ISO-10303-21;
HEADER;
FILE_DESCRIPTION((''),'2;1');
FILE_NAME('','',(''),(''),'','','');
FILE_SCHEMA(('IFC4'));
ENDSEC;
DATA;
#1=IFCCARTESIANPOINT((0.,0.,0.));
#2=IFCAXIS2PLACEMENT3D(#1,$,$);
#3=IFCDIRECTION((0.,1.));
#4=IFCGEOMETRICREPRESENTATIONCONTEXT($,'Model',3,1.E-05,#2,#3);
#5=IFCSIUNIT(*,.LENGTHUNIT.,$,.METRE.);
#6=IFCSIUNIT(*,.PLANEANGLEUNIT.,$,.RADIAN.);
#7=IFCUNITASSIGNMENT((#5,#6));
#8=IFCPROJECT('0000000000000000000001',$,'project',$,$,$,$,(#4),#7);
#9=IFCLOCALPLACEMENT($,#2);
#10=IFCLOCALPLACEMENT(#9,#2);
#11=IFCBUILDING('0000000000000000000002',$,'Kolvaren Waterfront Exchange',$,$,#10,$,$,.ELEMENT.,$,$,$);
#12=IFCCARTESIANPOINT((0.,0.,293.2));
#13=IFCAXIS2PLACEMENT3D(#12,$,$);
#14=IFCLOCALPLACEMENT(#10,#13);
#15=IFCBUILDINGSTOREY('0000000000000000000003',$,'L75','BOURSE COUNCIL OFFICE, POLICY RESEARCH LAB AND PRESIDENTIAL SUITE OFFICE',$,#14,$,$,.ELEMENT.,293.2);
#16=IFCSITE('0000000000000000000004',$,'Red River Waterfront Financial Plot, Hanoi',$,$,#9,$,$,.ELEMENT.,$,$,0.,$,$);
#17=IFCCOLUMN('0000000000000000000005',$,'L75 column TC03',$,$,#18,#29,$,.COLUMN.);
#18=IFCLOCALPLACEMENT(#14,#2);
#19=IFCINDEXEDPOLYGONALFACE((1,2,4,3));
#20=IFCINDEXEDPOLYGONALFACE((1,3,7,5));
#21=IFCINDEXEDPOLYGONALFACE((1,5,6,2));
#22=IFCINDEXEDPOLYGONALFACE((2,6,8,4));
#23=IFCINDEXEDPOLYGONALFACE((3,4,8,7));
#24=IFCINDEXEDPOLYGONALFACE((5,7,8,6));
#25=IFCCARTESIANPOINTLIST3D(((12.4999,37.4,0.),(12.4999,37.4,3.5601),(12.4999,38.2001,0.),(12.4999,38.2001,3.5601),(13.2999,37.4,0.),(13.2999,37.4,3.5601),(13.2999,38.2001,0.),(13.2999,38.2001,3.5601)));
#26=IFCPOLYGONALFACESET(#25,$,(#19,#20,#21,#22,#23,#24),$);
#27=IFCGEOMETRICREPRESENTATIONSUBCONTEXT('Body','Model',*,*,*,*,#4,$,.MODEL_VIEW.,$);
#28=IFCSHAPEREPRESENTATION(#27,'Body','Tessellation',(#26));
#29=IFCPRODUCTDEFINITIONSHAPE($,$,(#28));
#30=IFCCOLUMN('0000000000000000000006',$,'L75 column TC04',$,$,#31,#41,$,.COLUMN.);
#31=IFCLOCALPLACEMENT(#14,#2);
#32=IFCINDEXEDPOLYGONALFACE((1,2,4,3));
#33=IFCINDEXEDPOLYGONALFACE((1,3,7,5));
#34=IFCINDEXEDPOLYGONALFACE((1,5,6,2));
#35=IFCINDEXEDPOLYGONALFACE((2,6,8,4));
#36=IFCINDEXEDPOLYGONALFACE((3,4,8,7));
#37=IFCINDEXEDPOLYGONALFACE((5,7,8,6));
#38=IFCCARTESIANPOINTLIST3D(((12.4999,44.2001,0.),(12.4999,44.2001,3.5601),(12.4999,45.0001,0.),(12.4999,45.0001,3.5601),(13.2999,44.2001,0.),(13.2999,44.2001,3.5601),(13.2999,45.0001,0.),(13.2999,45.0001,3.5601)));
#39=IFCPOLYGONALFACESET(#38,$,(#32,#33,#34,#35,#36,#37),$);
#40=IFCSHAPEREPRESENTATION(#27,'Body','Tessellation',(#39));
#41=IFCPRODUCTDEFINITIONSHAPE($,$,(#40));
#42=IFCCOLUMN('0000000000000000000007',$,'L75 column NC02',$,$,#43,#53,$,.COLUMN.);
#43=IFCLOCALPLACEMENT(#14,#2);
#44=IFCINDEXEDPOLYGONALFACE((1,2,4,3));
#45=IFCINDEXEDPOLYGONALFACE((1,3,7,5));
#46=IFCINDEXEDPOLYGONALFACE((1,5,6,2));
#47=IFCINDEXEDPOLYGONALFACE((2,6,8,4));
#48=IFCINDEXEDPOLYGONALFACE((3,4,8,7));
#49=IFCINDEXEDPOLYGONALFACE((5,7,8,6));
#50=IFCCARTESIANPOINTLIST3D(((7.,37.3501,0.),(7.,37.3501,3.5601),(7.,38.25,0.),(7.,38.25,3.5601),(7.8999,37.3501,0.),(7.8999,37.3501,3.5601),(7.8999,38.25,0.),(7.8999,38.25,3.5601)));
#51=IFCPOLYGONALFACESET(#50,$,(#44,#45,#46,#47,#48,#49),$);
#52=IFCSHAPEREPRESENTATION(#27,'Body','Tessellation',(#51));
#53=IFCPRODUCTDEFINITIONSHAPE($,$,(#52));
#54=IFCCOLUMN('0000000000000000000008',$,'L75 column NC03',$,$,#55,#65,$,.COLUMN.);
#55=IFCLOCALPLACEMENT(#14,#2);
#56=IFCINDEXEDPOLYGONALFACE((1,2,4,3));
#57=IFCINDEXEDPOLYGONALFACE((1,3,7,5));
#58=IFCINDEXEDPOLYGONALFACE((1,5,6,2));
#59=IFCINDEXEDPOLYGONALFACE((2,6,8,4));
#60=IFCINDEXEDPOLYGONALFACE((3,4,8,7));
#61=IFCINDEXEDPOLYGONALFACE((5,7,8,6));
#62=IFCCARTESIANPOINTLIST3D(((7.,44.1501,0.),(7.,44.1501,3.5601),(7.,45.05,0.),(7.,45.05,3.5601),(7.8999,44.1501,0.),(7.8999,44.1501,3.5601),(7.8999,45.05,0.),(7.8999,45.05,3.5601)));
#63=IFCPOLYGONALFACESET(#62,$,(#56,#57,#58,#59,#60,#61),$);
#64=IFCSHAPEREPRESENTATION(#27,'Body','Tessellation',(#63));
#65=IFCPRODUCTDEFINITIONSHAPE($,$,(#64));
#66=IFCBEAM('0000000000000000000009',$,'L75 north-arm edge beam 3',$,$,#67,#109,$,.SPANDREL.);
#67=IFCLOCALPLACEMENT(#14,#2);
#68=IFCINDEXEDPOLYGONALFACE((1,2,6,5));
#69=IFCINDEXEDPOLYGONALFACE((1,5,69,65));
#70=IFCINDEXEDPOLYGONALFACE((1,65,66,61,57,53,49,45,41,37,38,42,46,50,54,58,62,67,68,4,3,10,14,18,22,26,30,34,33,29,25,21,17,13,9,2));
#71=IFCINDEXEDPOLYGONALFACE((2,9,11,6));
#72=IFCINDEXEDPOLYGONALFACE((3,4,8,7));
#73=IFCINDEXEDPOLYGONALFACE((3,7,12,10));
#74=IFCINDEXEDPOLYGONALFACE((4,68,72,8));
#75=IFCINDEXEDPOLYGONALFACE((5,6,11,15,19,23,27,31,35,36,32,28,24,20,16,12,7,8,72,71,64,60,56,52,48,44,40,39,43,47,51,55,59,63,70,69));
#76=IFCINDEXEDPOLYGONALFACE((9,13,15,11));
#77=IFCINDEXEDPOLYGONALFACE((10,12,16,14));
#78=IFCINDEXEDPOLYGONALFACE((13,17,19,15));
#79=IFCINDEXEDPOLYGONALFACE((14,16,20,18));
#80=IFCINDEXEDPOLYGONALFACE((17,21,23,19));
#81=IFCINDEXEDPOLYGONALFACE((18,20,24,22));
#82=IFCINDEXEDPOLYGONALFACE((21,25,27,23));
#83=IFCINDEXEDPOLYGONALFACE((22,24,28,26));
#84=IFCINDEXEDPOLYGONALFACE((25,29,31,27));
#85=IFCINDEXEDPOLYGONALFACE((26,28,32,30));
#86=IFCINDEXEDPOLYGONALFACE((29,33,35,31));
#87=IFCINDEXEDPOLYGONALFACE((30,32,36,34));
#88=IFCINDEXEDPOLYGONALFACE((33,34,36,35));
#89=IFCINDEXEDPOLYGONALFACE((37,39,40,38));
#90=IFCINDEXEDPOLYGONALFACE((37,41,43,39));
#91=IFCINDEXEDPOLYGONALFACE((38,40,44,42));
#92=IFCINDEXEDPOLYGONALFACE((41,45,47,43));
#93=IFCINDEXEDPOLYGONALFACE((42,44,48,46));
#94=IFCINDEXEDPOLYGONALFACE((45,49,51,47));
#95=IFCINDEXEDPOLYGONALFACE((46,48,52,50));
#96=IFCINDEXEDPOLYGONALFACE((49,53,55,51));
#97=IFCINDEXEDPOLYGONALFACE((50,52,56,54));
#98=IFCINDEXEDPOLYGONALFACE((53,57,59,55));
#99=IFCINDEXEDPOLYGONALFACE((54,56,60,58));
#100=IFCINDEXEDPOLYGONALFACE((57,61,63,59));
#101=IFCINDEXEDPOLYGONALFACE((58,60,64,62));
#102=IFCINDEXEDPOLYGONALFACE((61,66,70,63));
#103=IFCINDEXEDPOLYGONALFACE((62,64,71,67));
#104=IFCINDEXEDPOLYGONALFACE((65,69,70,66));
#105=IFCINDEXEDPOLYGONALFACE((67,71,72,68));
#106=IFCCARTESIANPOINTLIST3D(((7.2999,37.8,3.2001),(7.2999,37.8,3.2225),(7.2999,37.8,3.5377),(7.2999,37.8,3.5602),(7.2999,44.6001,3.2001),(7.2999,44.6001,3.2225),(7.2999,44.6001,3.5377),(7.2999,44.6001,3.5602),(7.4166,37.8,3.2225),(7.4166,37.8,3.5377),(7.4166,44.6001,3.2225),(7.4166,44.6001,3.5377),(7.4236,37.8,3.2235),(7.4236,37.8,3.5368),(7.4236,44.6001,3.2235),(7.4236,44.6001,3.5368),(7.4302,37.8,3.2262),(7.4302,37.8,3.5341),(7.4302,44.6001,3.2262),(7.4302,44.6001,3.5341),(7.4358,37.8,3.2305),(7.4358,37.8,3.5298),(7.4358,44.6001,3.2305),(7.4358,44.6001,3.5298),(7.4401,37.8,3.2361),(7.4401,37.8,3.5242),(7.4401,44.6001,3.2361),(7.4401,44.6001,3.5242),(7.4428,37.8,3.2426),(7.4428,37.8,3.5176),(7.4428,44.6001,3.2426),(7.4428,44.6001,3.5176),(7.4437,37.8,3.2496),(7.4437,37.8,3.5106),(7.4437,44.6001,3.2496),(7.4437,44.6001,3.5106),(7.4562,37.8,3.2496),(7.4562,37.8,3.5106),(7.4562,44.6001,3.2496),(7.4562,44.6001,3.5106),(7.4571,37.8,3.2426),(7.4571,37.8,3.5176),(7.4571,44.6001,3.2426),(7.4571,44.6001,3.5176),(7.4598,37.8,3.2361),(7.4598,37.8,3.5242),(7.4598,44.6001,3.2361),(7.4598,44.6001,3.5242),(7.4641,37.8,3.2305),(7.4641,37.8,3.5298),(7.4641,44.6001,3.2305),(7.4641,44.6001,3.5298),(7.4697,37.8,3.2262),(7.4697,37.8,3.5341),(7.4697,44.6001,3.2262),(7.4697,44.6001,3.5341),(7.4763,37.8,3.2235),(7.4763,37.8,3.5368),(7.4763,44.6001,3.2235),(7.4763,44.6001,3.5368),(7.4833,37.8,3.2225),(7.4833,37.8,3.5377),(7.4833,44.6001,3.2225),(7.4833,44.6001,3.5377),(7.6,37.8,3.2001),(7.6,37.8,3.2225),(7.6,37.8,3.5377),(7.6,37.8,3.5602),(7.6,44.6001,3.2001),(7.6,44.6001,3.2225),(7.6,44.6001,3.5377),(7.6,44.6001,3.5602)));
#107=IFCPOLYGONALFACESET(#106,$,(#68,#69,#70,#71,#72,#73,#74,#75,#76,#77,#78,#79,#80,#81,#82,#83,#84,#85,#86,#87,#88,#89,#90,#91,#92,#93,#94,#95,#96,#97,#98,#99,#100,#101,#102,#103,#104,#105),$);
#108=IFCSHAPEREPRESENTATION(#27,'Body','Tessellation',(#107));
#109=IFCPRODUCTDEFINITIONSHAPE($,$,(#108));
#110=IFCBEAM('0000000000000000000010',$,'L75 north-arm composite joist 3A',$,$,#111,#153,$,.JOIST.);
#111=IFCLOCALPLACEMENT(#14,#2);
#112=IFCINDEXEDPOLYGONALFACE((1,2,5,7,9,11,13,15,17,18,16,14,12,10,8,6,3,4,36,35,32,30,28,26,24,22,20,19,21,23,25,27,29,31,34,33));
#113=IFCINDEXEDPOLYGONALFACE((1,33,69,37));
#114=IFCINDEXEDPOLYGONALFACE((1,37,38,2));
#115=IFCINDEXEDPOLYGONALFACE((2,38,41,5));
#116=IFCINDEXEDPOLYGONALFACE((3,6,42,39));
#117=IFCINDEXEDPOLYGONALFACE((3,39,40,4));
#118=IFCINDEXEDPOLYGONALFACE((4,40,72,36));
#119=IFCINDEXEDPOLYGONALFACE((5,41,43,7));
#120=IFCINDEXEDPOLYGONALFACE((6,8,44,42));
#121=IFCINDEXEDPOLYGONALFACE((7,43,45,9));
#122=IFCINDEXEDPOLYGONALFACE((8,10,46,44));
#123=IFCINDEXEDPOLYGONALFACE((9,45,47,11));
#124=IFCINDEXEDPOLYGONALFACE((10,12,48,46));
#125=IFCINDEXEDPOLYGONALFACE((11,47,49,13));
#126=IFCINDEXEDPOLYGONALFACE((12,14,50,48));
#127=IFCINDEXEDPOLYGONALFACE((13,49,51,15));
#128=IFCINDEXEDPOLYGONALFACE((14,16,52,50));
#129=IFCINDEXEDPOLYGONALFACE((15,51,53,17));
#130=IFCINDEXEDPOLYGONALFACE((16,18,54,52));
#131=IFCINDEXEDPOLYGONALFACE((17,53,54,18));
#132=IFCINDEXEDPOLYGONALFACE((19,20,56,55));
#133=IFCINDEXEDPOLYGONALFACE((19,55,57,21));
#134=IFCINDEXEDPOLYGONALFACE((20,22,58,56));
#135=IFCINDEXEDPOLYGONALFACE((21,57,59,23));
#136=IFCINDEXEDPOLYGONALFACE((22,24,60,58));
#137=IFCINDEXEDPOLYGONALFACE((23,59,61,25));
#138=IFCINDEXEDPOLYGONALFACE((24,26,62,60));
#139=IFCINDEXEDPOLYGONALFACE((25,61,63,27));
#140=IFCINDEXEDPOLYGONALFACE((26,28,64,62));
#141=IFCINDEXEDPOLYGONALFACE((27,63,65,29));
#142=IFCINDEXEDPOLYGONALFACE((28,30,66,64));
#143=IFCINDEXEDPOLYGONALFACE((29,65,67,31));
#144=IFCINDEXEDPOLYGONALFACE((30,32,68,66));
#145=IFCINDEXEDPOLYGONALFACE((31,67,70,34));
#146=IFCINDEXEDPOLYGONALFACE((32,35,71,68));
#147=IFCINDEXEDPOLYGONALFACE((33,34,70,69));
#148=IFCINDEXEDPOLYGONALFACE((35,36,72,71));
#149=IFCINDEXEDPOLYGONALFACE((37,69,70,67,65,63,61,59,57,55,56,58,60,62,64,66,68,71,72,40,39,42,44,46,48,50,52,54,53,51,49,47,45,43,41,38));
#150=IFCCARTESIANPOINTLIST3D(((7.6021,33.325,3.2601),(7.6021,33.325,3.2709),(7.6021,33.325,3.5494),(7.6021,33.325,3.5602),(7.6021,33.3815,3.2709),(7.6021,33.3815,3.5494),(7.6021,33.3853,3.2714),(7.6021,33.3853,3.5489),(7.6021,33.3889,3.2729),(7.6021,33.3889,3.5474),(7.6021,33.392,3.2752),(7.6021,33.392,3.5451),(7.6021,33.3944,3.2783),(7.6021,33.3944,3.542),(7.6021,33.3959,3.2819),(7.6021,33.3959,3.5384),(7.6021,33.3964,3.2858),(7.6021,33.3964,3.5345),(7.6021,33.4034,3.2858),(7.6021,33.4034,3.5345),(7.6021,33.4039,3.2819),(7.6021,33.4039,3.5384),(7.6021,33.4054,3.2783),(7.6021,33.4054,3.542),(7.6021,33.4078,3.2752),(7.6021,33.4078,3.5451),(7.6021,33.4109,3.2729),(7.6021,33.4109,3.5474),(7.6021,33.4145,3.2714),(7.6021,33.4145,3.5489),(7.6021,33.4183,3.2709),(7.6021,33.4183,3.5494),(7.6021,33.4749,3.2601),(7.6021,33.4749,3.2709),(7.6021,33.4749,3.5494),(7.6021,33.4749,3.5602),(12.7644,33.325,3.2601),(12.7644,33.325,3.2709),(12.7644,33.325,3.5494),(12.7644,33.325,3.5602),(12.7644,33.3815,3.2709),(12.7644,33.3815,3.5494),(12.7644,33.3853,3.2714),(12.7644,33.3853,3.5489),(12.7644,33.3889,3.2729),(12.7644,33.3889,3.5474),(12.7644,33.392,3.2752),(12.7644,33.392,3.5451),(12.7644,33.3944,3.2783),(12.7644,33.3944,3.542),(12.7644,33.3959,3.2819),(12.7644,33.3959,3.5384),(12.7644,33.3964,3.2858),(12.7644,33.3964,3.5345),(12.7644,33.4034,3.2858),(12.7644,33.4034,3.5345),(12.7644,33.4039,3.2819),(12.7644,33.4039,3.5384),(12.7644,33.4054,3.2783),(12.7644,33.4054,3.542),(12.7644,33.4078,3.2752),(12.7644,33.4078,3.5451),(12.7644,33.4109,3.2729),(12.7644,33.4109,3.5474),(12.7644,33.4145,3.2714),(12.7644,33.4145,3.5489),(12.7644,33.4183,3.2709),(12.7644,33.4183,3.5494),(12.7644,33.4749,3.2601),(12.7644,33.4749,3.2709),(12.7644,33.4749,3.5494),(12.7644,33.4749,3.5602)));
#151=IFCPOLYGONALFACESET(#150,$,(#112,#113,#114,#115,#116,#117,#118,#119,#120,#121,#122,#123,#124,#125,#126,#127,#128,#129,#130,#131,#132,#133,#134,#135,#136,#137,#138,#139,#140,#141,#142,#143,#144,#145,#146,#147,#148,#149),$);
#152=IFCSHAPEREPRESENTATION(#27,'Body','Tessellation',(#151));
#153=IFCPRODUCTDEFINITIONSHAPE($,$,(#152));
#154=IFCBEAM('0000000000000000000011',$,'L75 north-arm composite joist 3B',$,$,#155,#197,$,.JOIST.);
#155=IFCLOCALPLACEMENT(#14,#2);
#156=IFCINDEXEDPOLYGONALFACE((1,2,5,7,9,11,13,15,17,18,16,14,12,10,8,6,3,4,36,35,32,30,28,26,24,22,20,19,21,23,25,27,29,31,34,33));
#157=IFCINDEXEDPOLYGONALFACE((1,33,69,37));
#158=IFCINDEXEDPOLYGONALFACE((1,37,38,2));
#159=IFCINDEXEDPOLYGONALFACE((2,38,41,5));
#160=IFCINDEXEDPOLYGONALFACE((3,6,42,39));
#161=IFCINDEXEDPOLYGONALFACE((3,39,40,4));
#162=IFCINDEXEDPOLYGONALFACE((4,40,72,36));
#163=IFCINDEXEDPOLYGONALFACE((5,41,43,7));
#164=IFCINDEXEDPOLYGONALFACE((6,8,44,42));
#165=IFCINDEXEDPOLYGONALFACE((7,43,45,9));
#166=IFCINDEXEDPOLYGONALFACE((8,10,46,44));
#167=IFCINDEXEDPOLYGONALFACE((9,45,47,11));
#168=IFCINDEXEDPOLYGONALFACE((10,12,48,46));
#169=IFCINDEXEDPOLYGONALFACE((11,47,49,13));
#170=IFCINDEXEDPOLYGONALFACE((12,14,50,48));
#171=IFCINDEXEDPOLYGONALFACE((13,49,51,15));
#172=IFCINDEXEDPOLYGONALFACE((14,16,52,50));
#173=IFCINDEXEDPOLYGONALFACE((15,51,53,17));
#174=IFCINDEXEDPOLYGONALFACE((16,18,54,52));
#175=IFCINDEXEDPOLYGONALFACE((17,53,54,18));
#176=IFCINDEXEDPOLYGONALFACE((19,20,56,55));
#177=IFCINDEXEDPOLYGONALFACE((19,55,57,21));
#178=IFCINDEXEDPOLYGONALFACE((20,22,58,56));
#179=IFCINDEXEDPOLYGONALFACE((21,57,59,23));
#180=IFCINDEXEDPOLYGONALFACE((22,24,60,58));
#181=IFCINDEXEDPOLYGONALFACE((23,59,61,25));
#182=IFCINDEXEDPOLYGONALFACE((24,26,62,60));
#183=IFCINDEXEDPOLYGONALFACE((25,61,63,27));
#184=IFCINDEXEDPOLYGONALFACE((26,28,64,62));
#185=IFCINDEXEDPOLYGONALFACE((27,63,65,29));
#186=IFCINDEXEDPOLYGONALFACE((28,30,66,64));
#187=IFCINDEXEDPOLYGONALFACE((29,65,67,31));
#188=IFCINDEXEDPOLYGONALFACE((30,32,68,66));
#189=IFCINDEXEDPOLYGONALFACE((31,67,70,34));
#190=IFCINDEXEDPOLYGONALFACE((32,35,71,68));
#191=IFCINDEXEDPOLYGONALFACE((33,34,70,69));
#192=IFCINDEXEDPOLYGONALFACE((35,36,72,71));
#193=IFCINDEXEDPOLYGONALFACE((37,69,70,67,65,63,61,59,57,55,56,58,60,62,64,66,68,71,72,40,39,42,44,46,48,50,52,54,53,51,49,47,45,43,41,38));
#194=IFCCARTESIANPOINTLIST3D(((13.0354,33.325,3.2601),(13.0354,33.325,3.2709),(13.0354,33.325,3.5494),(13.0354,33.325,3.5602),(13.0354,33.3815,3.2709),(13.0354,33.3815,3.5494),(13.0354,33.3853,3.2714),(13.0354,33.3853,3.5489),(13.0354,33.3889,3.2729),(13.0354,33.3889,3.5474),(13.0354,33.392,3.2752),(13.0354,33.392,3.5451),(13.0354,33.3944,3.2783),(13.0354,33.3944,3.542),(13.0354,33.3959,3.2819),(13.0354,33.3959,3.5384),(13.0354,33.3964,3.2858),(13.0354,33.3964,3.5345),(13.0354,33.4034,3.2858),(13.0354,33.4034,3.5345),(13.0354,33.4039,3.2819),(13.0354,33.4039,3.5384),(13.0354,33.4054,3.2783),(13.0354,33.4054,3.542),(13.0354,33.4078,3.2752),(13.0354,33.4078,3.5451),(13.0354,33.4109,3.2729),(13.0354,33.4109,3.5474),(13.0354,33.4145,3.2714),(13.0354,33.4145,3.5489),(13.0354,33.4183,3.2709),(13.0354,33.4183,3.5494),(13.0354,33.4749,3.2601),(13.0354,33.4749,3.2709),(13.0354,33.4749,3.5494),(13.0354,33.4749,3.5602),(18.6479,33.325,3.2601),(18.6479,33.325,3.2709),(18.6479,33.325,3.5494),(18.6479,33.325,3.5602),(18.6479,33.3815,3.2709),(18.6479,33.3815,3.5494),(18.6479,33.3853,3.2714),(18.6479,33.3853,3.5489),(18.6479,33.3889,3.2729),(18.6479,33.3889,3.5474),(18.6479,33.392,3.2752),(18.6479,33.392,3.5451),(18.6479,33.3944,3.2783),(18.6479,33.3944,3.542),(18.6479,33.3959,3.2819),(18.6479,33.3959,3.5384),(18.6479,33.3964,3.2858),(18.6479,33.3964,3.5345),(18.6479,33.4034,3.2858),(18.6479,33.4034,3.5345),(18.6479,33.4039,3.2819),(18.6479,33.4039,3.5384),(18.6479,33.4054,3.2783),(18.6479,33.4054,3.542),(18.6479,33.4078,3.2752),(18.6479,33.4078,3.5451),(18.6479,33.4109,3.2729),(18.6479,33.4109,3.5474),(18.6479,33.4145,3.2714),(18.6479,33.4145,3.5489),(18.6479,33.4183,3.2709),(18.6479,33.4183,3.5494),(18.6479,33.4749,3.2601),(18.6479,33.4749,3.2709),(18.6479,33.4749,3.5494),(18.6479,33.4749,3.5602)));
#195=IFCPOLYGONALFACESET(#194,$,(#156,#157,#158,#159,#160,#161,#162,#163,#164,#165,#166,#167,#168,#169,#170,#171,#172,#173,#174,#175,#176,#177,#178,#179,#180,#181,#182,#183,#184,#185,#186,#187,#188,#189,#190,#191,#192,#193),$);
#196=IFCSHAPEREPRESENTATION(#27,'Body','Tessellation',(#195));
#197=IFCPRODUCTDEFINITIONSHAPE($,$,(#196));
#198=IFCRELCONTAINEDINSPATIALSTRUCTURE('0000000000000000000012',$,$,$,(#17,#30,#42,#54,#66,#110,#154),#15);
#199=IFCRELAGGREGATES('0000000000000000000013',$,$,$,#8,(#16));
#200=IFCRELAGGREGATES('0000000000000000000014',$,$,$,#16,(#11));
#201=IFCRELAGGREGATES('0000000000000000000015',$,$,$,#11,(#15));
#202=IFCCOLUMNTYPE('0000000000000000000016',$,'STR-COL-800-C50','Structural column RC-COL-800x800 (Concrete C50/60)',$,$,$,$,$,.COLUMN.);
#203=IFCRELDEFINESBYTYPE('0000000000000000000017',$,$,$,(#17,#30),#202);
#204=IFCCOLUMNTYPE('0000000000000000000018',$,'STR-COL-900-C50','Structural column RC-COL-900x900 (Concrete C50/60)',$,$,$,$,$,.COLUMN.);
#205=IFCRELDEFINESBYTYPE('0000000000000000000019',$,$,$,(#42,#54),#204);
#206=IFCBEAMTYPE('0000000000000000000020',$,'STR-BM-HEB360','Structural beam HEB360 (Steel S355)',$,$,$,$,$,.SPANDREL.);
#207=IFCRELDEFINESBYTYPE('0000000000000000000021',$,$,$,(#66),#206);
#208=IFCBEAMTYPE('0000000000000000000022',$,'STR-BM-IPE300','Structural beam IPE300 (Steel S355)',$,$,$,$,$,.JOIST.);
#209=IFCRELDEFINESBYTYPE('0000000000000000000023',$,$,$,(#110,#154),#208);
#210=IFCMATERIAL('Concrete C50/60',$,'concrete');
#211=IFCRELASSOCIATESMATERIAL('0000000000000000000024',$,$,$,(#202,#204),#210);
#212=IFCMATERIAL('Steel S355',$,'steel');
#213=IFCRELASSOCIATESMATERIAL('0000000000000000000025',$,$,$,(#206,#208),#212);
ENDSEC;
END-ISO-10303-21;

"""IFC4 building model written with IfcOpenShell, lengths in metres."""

from ifc_helpers import new_model, si_unit, direction, frame, origin, origin_2d, place, context, subcontext, project, spatial, rectangle, i_section, extrude, material, material_profile, profile_set, type_object, element, save


model = new_model("IFC4")

# Units and contexts
model_context = context("Model", 3, precision=1e-05, world=origin(), true_north=direction((0.0, 1.0)))
body_context = subcontext(model_context, "Body", "Model", "MODEL_VIEW")
ifc_project = project(units=[si_unit("LENGTHUNIT", "METRE"), si_unit("PLANEANGLEUNIT", "RADIAN")], contexts=[model_context])

# Site, building, storey
site_placement = place(None, origin())
site = spatial("IfcSite", under=ifc_project, at=site_placement, Name="Red River Waterfront Financial Plot, Hanoi", CompositionType="ELEMENT", RefElevation=0.0)
building_placement = place(site_placement, origin())
building = spatial("IfcBuilding", under=site, at=building_placement, Name="Kolvaren Waterfront Exchange", CompositionType="ELEMENT")
storey_placement = place(building_placement, frame((0.0, 0.0, 293.2)))
storey = spatial("IfcBuildingStorey", under=building, at=storey_placement, Name="L75", Description="BOURSE COUNCIL OFFICE, POLICY RESEARCH LAB AND PRESIDENTIAL SUITE OFFICE", CompositionType="ELEMENT", Elevation=293.2)

# Columns
ifc_material_1 = material(Name="Concrete C50/60", Category="concrete")
ifc_material_profile_1 = material_profile(ifc_material_1, rectangle(XDim=0.8, YDim=0.8, at=origin_2d()), Name="RC-COL-800x800")
ifc_profile_set_1 = profile_set([ifc_material_profile_1], Name="Concrete C50/60")
column_type_1 = type_object("IfcColumnType", Name="STR-COL-800-C50", Description="Structural column RC-COL-800x800 (Concrete C50/60)", PredefinedType="COLUMN", material=ifc_profile_set_1)
for number, where, z_axis, x_axis, name in (
    (1, (12.8999, 37.8, 0.0), (0.0, 0.0, 1.0), (1.0, 0.0, 0.0), "L75 column TC03"),
    (2, (12.8999, 44.6001, 0.0), (0.0, 0.0, 1.0), (1.0, 0.0, 0.0), "L75 column TC04"),
):
    element("IfcColumn", number, at=place(storey_placement, frame(where, z_axis=z_axis, x_axis=x_axis)), inside=storey, type_object=column_type_1, Name=name, PredefinedType="COLUMN", context=body_context, shape_type="SweptSolid", body=[
        extrude(rectangle(XDim=0.8, YDim=0.8, at=origin_2d()), origin(), (0.0, 0.0, 1.0), 3.5601),
    ])
ifc_material_profile_2 = material_profile(ifc_material_1, rectangle(XDim=0.8999, YDim=0.8999, at=origin_2d()), Name="RC-COL-900x900")
ifc_profile_set_2 = profile_set([ifc_material_profile_2], Name="Concrete C50/60")
column_type_2 = type_object("IfcColumnType", Name="STR-COL-900-C50", Description="Structural column RC-COL-900x900 (Concrete C50/60)", PredefinedType="COLUMN", material=ifc_profile_set_2)
for number, where, z_axis, x_axis, name in (
    (3, (7.45, 37.8, 0.0), (0.0, 0.0, 1.0), (1.0, 0.0, 0.0), "L75 column NC02"),
    (4, (7.45, 44.6001, 0.0), (0.0, 0.0, 1.0), (1.0, 0.0, 0.0), "L75 column NC03"),
):
    element("IfcColumn", number, at=place(storey_placement, frame(where, z_axis=z_axis, x_axis=x_axis)), inside=storey, type_object=column_type_2, Name=name, PredefinedType="COLUMN", context=body_context, shape_type="SweptSolid", body=[
        extrude(rectangle(XDim=0.8999, YDim=0.8999, at=origin_2d()), origin(), (0.0, 0.0, 1.0), 3.5601),
    ])

# Beams
ifc_material_2 = material(Name="Steel S355", Category="steel")
ifc_material_profile_3 = material_profile(ifc_material_2, i_section(OverallWidth=0.3, OverallDepth=0.3601, WebThickness=0.0125, FlangeThickness=0.0225, FilletRadius=0.0271, at=origin_2d()), Name="HEB360")
ifc_profile_set_3 = profile_set([ifc_material_profile_3], Name="Steel S355")
beam_type_1 = type_object("IfcBeamType", Name="STR-BM-HEB360", Description="Structural beam HEB360 (Steel S355)", PredefinedType="SPANDREL", material=ifc_profile_set_3)
beam_1_placement = place(storey_placement, frame((7.45, 37.8, 3.3801), z_axis=(0.0, 1.0, 0.0), x_axis=(-1.0, 0.0, 0.0)))
element("IfcBeam", 5, at=beam_1_placement, inside=storey, type_object=beam_type_1, Name="L75 north-arm edge beam 3", PredefinedType="SPANDREL", context=body_context, shape_type="SweptSolid", body=[
    extrude(i_section(OverallWidth=0.3, OverallDepth=0.3601, WebThickness=0.0125, FlangeThickness=0.0225, FilletRadius=0.0271, at=origin_2d()), origin(), (0.0, 0.0, 1.0), 6.8),
])
ifc_material_profile_4 = material_profile(ifc_material_2, i_section(OverallWidth=0.1499, OverallDepth=0.3, WebThickness=0.0071, FlangeThickness=0.0107, FilletRadius=0.0149, at=origin_2d()), Name="IPE300")
ifc_profile_set_4 = profile_set([ifc_material_profile_4], Name="Steel S355")
beam_type_2 = type_object("IfcBeamType", Name="STR-BM-IPE300", Description="Structural beam IPE300 (Steel S355)", PredefinedType="JOIST", material=ifc_profile_set_4)
beam_2_placement = place(storey_placement, frame((7.6021, 33.3999, 3.4102), z_axis=(1.0, 0.0, 0.0), x_axis=(0.0, 1.0, 0.0)))
element("IfcBeam", 6, at=beam_2_placement, inside=storey, type_object=beam_type_2, Name="L75 north-arm composite joist 3A", PredefinedType="JOIST", context=body_context, shape_type="SweptSolid", body=[
    extrude(i_section(OverallWidth=0.1499, OverallDepth=0.3, WebThickness=0.0071, FlangeThickness=0.0107, FilletRadius=0.0149, at=origin_2d()), origin(), (0.0, 0.0, 1.0), 5.1624),
])
beam_3_placement = place(storey_placement, frame((13.0354, 33.3999, 3.4102), z_axis=(1.0, 0.0, 0.0), x_axis=(0.0, 1.0, 0.0)))
element("IfcBeam", 7, at=beam_3_placement, inside=storey, type_object=beam_type_2, Name="L75 north-arm composite joist 3B", PredefinedType="JOIST", context=body_context, shape_type="SweptSolid", body=[
    extrude(i_section(OverallWidth=0.1499, OverallDepth=0.3, WebThickness=0.0071, FlangeThickness=0.0107, FilletRadius=0.0149, at=origin_2d()), origin(), (0.0, 0.0, 1.0), 5.6125),
])

save(model, "model.ifc")
